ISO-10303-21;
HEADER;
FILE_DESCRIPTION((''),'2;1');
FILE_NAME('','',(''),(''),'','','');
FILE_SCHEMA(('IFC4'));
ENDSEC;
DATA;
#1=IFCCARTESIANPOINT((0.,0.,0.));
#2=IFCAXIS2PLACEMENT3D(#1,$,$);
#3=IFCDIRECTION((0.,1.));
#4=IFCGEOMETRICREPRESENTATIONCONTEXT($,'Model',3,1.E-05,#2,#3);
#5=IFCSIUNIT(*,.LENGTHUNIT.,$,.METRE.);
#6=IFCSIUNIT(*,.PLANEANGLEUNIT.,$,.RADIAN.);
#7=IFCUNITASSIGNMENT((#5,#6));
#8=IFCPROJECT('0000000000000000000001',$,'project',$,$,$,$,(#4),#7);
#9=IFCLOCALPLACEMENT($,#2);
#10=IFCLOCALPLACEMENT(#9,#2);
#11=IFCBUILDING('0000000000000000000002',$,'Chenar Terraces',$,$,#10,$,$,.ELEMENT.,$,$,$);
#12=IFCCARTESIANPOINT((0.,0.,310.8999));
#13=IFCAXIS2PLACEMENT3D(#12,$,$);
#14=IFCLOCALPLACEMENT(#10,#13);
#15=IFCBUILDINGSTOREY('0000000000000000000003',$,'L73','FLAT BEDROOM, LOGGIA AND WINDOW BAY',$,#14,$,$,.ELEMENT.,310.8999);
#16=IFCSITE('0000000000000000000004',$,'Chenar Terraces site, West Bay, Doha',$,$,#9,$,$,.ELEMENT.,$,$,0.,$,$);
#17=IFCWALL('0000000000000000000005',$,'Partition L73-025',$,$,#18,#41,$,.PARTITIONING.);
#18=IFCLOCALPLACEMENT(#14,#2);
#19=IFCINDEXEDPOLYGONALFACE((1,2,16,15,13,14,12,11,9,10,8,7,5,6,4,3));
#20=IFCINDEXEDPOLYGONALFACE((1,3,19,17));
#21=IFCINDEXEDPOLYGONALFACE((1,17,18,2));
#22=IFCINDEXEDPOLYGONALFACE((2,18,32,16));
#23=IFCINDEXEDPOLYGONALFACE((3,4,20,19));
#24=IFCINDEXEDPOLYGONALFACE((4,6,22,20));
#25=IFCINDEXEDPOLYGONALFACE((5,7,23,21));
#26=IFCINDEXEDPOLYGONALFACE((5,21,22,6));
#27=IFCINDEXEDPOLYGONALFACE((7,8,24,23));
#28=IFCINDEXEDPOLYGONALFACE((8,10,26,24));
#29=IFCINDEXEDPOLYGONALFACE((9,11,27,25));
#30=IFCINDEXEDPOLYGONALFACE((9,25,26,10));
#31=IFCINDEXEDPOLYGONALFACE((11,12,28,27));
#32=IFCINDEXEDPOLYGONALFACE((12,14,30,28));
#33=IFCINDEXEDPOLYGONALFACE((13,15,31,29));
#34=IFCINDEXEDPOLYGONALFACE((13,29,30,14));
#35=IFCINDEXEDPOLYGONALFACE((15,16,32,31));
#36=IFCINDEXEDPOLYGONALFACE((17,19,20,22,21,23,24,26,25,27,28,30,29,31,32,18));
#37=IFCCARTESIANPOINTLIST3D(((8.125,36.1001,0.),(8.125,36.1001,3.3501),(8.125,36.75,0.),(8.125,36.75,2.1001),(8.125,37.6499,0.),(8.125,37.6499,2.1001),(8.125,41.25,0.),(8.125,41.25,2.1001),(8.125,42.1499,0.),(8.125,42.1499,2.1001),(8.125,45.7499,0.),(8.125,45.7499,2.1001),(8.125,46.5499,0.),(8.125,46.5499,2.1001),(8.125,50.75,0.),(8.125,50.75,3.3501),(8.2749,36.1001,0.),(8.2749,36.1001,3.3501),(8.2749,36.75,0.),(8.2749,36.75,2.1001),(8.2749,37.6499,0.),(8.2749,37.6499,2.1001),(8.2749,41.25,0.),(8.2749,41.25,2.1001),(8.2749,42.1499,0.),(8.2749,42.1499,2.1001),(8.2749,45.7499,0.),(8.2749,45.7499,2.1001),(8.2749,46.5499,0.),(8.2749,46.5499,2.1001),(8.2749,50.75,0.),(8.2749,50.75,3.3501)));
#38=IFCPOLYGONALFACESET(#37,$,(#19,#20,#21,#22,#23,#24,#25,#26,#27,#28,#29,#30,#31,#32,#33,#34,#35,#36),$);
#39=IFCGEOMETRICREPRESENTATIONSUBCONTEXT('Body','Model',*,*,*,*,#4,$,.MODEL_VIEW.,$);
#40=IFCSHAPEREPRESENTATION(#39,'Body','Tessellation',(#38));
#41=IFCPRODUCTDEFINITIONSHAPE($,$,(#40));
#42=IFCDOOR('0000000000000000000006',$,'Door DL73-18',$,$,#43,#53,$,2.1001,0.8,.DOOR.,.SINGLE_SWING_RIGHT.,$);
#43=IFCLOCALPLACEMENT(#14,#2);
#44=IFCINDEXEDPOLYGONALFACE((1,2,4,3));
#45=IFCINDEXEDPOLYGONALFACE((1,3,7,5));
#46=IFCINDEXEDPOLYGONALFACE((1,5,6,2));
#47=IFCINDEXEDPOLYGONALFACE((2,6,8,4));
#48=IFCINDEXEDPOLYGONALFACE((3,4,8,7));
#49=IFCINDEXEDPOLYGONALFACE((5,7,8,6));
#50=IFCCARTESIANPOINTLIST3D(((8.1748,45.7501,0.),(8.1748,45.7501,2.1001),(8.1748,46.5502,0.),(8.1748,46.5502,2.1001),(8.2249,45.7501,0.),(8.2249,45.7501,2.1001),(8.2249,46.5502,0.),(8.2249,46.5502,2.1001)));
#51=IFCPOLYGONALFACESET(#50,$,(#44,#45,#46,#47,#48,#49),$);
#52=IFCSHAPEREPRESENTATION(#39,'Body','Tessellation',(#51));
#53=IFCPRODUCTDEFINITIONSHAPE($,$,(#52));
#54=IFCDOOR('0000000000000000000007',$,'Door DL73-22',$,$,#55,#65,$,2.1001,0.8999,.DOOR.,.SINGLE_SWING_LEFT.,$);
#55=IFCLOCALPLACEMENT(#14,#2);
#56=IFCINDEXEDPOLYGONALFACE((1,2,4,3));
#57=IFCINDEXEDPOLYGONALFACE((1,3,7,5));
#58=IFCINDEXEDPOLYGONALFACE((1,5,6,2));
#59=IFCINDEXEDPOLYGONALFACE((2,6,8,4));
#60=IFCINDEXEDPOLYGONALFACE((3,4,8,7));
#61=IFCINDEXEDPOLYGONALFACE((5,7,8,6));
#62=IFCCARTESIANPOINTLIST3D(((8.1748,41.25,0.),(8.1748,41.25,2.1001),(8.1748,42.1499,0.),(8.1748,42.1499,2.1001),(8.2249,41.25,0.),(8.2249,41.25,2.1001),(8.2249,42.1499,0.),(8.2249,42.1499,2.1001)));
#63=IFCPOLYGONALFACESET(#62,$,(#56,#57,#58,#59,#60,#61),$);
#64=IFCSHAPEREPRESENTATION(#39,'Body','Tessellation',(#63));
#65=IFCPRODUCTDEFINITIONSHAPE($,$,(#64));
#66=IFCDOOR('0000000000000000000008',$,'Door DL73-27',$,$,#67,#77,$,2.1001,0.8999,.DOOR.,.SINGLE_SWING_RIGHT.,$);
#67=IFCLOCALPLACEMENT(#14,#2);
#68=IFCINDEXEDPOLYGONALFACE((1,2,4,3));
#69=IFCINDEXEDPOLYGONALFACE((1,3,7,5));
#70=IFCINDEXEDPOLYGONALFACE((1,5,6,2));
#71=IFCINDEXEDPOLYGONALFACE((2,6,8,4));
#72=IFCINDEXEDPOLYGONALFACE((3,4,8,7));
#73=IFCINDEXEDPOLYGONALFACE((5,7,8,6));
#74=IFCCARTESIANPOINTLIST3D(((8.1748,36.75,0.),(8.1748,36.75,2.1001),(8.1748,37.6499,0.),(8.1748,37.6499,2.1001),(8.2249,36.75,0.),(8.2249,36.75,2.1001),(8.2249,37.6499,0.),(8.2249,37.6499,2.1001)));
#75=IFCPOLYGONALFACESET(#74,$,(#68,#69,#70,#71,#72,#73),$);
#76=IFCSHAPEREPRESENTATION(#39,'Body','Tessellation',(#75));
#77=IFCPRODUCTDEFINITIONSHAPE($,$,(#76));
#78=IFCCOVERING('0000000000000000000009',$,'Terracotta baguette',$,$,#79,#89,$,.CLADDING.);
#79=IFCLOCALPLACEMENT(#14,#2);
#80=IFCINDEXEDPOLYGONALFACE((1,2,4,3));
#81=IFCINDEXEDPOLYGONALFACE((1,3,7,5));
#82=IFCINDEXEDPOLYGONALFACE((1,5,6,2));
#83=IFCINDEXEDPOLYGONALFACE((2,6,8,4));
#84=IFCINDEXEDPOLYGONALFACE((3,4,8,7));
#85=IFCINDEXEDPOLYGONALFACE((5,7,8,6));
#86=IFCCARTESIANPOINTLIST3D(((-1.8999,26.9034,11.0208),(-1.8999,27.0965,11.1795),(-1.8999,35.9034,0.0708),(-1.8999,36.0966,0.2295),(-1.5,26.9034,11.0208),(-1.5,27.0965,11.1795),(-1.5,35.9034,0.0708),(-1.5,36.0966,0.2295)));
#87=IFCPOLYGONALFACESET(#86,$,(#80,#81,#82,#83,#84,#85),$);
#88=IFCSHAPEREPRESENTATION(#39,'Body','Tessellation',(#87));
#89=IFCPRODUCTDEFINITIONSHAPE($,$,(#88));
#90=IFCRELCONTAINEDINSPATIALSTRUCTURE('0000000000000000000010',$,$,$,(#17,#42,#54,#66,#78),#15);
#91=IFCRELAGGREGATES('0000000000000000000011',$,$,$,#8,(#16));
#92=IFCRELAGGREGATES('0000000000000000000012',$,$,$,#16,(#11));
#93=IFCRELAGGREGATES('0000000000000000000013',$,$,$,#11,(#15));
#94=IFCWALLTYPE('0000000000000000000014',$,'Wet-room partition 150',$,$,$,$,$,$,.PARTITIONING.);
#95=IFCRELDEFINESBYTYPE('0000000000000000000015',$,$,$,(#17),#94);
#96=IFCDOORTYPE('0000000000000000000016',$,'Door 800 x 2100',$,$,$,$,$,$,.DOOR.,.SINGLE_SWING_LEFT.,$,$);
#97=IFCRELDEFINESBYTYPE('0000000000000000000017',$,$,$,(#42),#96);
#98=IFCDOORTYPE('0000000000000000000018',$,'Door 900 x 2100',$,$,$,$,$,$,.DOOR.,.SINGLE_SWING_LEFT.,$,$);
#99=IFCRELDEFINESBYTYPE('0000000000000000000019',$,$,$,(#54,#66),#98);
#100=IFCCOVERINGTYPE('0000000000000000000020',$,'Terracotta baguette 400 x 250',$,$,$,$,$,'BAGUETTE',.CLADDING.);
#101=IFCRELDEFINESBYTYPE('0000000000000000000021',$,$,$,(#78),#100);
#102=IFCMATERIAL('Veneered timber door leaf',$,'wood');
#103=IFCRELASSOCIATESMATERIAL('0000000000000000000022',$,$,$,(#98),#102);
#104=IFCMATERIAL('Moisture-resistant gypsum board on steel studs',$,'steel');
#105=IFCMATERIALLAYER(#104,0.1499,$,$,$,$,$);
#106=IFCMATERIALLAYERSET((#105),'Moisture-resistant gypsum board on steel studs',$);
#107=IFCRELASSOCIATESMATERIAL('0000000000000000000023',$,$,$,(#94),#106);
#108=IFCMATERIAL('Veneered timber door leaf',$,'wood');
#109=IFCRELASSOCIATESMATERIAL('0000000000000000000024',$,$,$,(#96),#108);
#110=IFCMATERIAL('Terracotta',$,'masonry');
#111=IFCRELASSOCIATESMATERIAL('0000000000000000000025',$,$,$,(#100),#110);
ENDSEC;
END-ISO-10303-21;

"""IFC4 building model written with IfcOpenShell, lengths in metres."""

from ifc_helpers import new_model, si_unit, direction, frame, frame_2d, origin, origin_2d, place, context, subcontext, project, spatial, rectangle, extrude, material, layer, layer_set, material_profile, profile_set, type_object, element, fill, save


model = new_model("IFC4")

# Units and contexts
model_context = context("Model", 3, precision=1e-05, world=origin(), true_north=direction((0.0, 1.0)))
body_context = subcontext(model_context, "Body", "Model", "MODEL_VIEW")
ifc_project = project(units=[si_unit("LENGTHUNIT", "METRE"), si_unit("PLANEANGLEUNIT", "RADIAN")], contexts=[model_context])

# Site, building, storey
site_placement = place(None, origin())
site = spatial("IfcSite", under=ifc_project, at=site_placement, Name="Chenar Terraces site, West Bay, Doha", CompositionType="ELEMENT", RefElevation=0.0)
building_placement = place(site_placement, origin())
building = spatial("IfcBuilding", under=site, at=building_placement, Name="Chenar Terraces", CompositionType="ELEMENT")
storey_placement = place(building_placement, frame((0.0, 0.0, 310.8999)))
storey = spatial("IfcBuildingStorey", under=building, at=storey_placement, Name="L73", Description="FLAT BEDROOM, LOGGIA AND WINDOW BAY", CompositionType="ELEMENT", Elevation=310.8999)

# Shared definitions
ifc_material_1 = material(Name="Veneered timber door leaf", Category="wood")
door_type_1 = type_object("IfcDoorType", Name="Door 900 x 2100", OperationType="SINGLE_SWING_LEFT", PredefinedType="DOOR", material=ifc_material_1)

# Shared definitions
ifc_material_2 = material(Name="Moisture-resistant gypsum board on steel studs", Category="steel")
ifc_layer_1 = layer(ifc_material_2, 0.1499)
ifc_layer_set_1 = layer_set([ifc_layer_1], Name="Moisture-resistant gypsum board on steel studs")
wall_type_1 = type_object("IfcWallType", Name="Wet-room partition 150", PredefinedType="PARTITIONING", material=ifc_layer_set_1)

# Shared definitions
ifc_material_3 = material(Name="Veneered timber door leaf", Category="wood")
door_type_2 = type_object("IfcDoorType", Name="Door 800 x 2100", OperationType="SINGLE_SWING_LEFT", PredefinedType="DOOR", material=ifc_material_3)

# Wall, openings, doors
wall_1_placement = place(storey_placement, frame((8.2, 36.1001, 0.0), z_axis=(0.0, 0.0, 1.0), x_axis=(0.0, 1.0, 0.0)))
wall_1 = element("IfcWall", 1, at=wall_1_placement, inside=storey, type_object=wall_type_1, Name="Partition L73-025", PredefinedType="PARTITIONING", context=body_context, shape_type="SweptSolid", body=[
    extrude(rectangle(XDim=14.6499, YDim=0.1499, at=frame_2d((7.325, 0.0))), origin(), (0.0, 0.0, 1.0), 3.3501),
])
opening_1_placement = place(wall_1_placement, frame((9.6499, 0.0, 0.0)))
opening_1 = element("IfcOpeningElement", 2, at=opening_1_placement, cuts=wall_1, PredefinedType="OPENING", context=body_context, shape_type="SweptSolid", body=[
    extrude(rectangle(XDim=0.8, YDim=2.1001, at=frame_2d((0.3999, 1.05))), frame((0.0, 0.085, 0.0), z_axis=(0.0, -1.0, 0.0), x_axis=(1.0, 0.0, 0.0)), (0.0, 0.0, 1.0), 0.1699),
])
opening_2_placement = place(wall_1_placement, frame((5.1499, 0.0, 0.0)))
opening_2 = element("IfcOpeningElement", 3, at=opening_2_placement, cuts=wall_1, PredefinedType="OPENING", context=body_context, shape_type="SweptSolid", body=[
    extrude(rectangle(XDim=0.8999, YDim=2.1001, at=frame_2d((0.45, 1.05))), frame((0.0, 0.085, 0.0), z_axis=(0.0, -1.0, 0.0), x_axis=(1.0, 0.0, 0.0)), (0.0, 0.0, 1.0), 0.1699),
])
opening_3_placement = place(wall_1_placement, frame((0.6499, 0.0, 0.0)))
opening_3 = element("IfcOpeningElement", 4, at=opening_3_placement, cuts=wall_1, PredefinedType="OPENING", context=body_context, shape_type="SweptSolid", body=[
    extrude(rectangle(XDim=0.8999, YDim=2.1001, at=frame_2d((0.45, 1.05))), frame((0.0, 0.085, 0.0), z_axis=(0.0, -1.0, 0.0), x_axis=(1.0, 0.0, 0.0)), (0.0, 0.0, 1.0), 0.1699),
])
door_1_placement = place(opening_1_placement, frame((0.8, 0.0, 0.0), z_axis=(0.0, 0.0, 1.0), x_axis=(-1.0, 0.0, 0.0)))
door_1 = element("IfcDoor", 5, at=door_1_placement, inside=storey, type_object=door_type_2, Name="Door DL73-18", OperationType="SINGLE_SWING_RIGHT", OverallHeight=2.1001, OverallWidth=0.8, PredefinedType="DOOR", context=body_context, shape_type="SweptSolid", body=[
    extrude(rectangle(XDim=0.8, YDim=2.1001, at=frame_2d((0.3999, 1.05))), frame((0.0, 0.0249, 0.0), z_axis=(0.0, -1.0, 0.0), x_axis=(1.0, 0.0, 0.0)), (0.0, 0.0, 1.0), 0.05),
])
fill(opening_1, door_1)
door_2_placement = place(opening_2_placement, frame((0.8999, 0.0, 0.0), z_axis=(0.0, 0.0, 1.0), x_axis=(-1.0, 0.0, 0.0)))
door_2 = element("IfcDoor", 6, at=door_2_placement, inside=storey, type_object=door_type_1, Name="Door DL73-22", OperationType="SINGLE_SWING_LEFT", OverallHeight=2.1001, OverallWidth=0.8999, PredefinedType="DOOR", context=body_context, shape_type="SweptSolid", body=[
    extrude(rectangle(XDim=0.8999, YDim=2.1001, at=frame_2d((0.45, 1.05))), frame((0.0, 0.0249, 0.0), z_axis=(0.0, -1.0, 0.0), x_axis=(1.0, 0.0, 0.0)), (0.0, 0.0, 1.0), 0.05),
])
fill(opening_2, door_2)
door_3_placement = place(opening_3_placement, frame((0.8999, 0.0, 0.0), z_axis=(0.0, 0.0, 1.0), x_axis=(-1.0, 0.0, 0.0)))
door_3 = element("IfcDoor", 7, at=door_3_placement, inside=storey, type_object=door_type_1, Name="Door DL73-27", OperationType="SINGLE_SWING_RIGHT", OverallHeight=2.1001, OverallWidth=0.8999, PredefinedType="DOOR", context=body_context, shape_type="SweptSolid", body=[
    extrude(rectangle(XDim=0.8999, YDim=2.1001, at=frame_2d((0.45, 1.05))), frame((0.0, 0.0249, 0.0), z_axis=(0.0, -1.0, 0.0), x_axis=(1.0, 0.0, 0.0)), (0.0, 0.0, 1.0), 0.05),
])
fill(opening_3, door_3)

# Covering
ifc_material_4 = material(Name="Terracotta", Category="masonry")
ifc_material_profile_1 = material_profile(ifc_material_4, rectangle(XDim=0.3999, YDim=0.25, at=origin_2d()), Name="Terracotta baguette 400 x 250")
ifc_profile_set_1 = profile_set([ifc_material_profile_1], Name="Terracotta")
covering_type = type_object("IfcCoveringType", Name="Terracotta baguette 400 x 250", ElementType="BAGUETTE", PredefinedType="CLADDING", material=ifc_profile_set_1)
covering_placement = place(storey_placement, frame((-1.7, 36.0, 0.1501), z_axis=(0.0, -0.634967, 0.772539), x_axis=(1.0, 0.0, 0.0)))
element("IfcCovering", 8, at=covering_placement, inside=storey, type_object=covering_type, Name="Terracotta baguette", PredefinedType="CLADDING", context=body_context, shape_type="SweptSolid", body=[
    extrude(rectangle(XDim=0.3999, YDim=0.25, at=origin_2d()), origin(), (0.0, 0.0, 1.0), 14.1741),
])

save(model, "model.ifc")
